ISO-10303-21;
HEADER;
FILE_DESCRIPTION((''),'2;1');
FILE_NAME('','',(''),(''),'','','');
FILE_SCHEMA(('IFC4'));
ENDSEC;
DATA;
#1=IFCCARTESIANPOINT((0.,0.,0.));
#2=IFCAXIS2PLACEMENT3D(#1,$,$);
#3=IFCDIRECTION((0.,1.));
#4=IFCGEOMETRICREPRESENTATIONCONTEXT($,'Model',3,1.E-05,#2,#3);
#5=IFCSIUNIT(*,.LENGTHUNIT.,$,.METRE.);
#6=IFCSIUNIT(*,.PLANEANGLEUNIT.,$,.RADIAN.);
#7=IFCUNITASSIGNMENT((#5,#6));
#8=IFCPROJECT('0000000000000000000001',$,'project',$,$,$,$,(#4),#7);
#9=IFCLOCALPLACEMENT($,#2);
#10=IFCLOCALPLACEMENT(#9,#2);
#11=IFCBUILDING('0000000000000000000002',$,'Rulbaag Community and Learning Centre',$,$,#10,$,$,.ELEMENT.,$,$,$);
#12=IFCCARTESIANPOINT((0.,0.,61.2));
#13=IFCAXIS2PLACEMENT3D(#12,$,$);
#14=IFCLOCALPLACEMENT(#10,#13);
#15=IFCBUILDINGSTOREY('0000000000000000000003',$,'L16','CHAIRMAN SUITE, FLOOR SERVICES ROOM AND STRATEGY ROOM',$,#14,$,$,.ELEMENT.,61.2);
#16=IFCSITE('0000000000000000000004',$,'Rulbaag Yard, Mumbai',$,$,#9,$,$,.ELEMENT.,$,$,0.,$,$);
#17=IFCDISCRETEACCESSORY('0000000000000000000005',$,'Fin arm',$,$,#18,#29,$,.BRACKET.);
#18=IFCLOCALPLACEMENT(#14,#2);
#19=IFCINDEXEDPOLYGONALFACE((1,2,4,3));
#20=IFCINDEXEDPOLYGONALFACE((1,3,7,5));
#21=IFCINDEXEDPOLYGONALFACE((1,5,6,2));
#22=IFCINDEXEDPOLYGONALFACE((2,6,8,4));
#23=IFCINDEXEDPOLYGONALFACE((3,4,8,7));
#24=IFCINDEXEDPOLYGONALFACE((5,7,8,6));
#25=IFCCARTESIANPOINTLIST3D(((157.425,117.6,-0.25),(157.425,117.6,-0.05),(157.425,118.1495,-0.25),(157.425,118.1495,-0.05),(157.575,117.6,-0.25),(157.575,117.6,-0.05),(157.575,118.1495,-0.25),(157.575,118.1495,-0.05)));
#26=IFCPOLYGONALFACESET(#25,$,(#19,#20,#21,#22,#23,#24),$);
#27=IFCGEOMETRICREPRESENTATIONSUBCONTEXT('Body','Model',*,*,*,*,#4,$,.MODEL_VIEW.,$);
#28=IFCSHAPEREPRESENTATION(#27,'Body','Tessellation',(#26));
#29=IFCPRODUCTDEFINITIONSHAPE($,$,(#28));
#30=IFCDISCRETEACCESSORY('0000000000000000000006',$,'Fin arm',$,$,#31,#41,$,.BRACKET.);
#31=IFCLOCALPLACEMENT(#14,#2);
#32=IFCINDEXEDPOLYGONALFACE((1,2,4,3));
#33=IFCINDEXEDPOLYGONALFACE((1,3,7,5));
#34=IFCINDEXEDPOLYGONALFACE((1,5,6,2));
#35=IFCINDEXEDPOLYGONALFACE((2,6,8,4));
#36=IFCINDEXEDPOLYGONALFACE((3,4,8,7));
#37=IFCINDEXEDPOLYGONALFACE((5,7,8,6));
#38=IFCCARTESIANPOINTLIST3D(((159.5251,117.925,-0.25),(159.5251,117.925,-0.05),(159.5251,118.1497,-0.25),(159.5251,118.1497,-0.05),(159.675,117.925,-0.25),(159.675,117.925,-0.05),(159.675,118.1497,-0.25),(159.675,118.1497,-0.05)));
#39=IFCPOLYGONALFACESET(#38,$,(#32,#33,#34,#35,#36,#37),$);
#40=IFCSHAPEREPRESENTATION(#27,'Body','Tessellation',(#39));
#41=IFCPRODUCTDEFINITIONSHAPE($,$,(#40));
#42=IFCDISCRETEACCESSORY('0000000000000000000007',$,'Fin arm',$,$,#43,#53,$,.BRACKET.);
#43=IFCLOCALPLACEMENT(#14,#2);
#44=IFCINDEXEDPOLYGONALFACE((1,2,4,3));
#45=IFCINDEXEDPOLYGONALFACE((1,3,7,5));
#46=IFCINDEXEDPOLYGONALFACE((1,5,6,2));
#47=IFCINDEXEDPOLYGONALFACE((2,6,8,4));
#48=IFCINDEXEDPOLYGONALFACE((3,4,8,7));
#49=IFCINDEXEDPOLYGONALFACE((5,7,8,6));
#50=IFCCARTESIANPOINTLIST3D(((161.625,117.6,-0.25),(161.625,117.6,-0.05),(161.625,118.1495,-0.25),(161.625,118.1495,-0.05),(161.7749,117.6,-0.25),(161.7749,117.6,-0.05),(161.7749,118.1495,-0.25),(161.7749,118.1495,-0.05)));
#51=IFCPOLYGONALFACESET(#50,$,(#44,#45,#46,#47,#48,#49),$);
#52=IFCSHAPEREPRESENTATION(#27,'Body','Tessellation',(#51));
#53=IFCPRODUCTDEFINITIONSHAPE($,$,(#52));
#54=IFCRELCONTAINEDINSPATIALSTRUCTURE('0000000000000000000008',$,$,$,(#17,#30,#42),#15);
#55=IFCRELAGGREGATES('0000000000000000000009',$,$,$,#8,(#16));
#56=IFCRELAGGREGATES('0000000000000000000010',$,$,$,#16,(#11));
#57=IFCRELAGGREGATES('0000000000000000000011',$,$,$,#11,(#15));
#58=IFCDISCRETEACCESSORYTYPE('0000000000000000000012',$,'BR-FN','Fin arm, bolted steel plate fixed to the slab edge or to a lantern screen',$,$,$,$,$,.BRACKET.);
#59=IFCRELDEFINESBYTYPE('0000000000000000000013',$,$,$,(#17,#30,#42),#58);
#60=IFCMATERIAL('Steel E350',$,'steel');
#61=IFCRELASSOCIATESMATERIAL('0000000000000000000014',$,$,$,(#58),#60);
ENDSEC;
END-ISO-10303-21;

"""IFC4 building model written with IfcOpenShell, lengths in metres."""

from ifc_helpers import new_model, si_unit, direction, frame, origin, origin_2d, place, context, subcontext, project, spatial, rectangle, extrude, material, type_object, element, save


model = new_model("IFC4")

# Units and contexts
model_context = context("Model", 3, precision=1e-05, world=origin(), true_north=direction((0.0, 1.0)))
body_context = subcontext(model_context, "Body", "Model", "MODEL_VIEW")
ifc_project = project(units=[si_unit("LENGTHUNIT", "METRE"), si_unit("PLANEANGLEUNIT", "RADIAN")], contexts=[model_context])

# Site, building, storey
site_placement = place(None, origin())
site = spatial("IfcSite", under=ifc_project, at=site_placement, Name="Rulbaag Yard, Mumbai", CompositionType="ELEMENT", RefElevation=0.0)
building_placement = place(site_placement, origin())
building = spatial("IfcBuilding", under=site, at=building_placement, Name="Rulbaag Community and Learning Centre", CompositionType="ELEMENT")
storey_placement = place(building_placement, frame((0.0, 0.0, 61.2)))
storey = spatial("IfcBuildingStorey", under=building, at=storey_placement, Name="L16", Description="CHAIRMAN SUITE, FLOOR SERVICES ROOM AND STRATEGY ROOM", CompositionType="ELEMENT", Elevation=61.2)

# Discrete accessories
ifc_material_1 = material(Name="Steel E350", Category="steel")
discrete_accessory_type_1 = type_object("IfcDiscreteAccessoryType", Name="BR-FN", Description="Fin arm, bolted steel plate fixed to the slab edge or to a lantern screen", PredefinedType="BRACKET", material=ifc_material_1)
discrete_accessory_1_placement = place(storey_placement, frame((157.5, 117.8748, -0.25), z_axis=(0.0, 0.0, 1.0), x_axis=(1.0, 0.0, 0.0)))
element("IfcDiscreteAccessory", 1, at=discrete_accessory_1_placement, inside=storey, type_object=discrete_accessory_type_1, Name="Fin arm", PredefinedType="BRACKET", context=body_context, shape_type="SweptSolid", body=[
    extrude(rectangle(XDim=0.1499, YDim=0.5496, at=origin_2d()), origin(), (0.0, 0.0, 1.0), 0.2),
])
discrete_accessory_2_placement = place(storey_placement, frame((159.6001, 118.0374, -0.25), z_axis=(0.0, 0.0, 1.0), x_axis=(1.0, 0.0, 0.0)))
element("IfcDiscreteAccessory", 2, at=discrete_accessory_2_placement, inside=storey, type_object=discrete_accessory_type_1, Name="Fin arm", PredefinedType="BRACKET", context=body_context, shape_type="SweptSolid", body=[
    extrude(rectangle(XDim=0.1499, YDim=0.2246, at=origin_2d()), origin(), (0.0, 0.0, 1.0), 0.2),
])
discrete_accessory_3_placement = place(storey_placement, frame((161.7, 117.8748, -0.25), z_axis=(0.0, 0.0, 1.0), x_axis=(1.0, 0.0, 0.0)))
element("IfcDiscreteAccessory", 3, at=discrete_accessory_3_placement, inside=storey, type_object=discrete_accessory_type_1, Name="Fin arm", PredefinedType="BRACKET", context=body_context, shape_type="SweptSolid", body=[
    extrude(rectangle(XDim=0.1499, YDim=0.5496, at=origin_2d()), origin(), (0.0, 0.0, 1.0), 0.2),
])

save(model, "model.ifc")
